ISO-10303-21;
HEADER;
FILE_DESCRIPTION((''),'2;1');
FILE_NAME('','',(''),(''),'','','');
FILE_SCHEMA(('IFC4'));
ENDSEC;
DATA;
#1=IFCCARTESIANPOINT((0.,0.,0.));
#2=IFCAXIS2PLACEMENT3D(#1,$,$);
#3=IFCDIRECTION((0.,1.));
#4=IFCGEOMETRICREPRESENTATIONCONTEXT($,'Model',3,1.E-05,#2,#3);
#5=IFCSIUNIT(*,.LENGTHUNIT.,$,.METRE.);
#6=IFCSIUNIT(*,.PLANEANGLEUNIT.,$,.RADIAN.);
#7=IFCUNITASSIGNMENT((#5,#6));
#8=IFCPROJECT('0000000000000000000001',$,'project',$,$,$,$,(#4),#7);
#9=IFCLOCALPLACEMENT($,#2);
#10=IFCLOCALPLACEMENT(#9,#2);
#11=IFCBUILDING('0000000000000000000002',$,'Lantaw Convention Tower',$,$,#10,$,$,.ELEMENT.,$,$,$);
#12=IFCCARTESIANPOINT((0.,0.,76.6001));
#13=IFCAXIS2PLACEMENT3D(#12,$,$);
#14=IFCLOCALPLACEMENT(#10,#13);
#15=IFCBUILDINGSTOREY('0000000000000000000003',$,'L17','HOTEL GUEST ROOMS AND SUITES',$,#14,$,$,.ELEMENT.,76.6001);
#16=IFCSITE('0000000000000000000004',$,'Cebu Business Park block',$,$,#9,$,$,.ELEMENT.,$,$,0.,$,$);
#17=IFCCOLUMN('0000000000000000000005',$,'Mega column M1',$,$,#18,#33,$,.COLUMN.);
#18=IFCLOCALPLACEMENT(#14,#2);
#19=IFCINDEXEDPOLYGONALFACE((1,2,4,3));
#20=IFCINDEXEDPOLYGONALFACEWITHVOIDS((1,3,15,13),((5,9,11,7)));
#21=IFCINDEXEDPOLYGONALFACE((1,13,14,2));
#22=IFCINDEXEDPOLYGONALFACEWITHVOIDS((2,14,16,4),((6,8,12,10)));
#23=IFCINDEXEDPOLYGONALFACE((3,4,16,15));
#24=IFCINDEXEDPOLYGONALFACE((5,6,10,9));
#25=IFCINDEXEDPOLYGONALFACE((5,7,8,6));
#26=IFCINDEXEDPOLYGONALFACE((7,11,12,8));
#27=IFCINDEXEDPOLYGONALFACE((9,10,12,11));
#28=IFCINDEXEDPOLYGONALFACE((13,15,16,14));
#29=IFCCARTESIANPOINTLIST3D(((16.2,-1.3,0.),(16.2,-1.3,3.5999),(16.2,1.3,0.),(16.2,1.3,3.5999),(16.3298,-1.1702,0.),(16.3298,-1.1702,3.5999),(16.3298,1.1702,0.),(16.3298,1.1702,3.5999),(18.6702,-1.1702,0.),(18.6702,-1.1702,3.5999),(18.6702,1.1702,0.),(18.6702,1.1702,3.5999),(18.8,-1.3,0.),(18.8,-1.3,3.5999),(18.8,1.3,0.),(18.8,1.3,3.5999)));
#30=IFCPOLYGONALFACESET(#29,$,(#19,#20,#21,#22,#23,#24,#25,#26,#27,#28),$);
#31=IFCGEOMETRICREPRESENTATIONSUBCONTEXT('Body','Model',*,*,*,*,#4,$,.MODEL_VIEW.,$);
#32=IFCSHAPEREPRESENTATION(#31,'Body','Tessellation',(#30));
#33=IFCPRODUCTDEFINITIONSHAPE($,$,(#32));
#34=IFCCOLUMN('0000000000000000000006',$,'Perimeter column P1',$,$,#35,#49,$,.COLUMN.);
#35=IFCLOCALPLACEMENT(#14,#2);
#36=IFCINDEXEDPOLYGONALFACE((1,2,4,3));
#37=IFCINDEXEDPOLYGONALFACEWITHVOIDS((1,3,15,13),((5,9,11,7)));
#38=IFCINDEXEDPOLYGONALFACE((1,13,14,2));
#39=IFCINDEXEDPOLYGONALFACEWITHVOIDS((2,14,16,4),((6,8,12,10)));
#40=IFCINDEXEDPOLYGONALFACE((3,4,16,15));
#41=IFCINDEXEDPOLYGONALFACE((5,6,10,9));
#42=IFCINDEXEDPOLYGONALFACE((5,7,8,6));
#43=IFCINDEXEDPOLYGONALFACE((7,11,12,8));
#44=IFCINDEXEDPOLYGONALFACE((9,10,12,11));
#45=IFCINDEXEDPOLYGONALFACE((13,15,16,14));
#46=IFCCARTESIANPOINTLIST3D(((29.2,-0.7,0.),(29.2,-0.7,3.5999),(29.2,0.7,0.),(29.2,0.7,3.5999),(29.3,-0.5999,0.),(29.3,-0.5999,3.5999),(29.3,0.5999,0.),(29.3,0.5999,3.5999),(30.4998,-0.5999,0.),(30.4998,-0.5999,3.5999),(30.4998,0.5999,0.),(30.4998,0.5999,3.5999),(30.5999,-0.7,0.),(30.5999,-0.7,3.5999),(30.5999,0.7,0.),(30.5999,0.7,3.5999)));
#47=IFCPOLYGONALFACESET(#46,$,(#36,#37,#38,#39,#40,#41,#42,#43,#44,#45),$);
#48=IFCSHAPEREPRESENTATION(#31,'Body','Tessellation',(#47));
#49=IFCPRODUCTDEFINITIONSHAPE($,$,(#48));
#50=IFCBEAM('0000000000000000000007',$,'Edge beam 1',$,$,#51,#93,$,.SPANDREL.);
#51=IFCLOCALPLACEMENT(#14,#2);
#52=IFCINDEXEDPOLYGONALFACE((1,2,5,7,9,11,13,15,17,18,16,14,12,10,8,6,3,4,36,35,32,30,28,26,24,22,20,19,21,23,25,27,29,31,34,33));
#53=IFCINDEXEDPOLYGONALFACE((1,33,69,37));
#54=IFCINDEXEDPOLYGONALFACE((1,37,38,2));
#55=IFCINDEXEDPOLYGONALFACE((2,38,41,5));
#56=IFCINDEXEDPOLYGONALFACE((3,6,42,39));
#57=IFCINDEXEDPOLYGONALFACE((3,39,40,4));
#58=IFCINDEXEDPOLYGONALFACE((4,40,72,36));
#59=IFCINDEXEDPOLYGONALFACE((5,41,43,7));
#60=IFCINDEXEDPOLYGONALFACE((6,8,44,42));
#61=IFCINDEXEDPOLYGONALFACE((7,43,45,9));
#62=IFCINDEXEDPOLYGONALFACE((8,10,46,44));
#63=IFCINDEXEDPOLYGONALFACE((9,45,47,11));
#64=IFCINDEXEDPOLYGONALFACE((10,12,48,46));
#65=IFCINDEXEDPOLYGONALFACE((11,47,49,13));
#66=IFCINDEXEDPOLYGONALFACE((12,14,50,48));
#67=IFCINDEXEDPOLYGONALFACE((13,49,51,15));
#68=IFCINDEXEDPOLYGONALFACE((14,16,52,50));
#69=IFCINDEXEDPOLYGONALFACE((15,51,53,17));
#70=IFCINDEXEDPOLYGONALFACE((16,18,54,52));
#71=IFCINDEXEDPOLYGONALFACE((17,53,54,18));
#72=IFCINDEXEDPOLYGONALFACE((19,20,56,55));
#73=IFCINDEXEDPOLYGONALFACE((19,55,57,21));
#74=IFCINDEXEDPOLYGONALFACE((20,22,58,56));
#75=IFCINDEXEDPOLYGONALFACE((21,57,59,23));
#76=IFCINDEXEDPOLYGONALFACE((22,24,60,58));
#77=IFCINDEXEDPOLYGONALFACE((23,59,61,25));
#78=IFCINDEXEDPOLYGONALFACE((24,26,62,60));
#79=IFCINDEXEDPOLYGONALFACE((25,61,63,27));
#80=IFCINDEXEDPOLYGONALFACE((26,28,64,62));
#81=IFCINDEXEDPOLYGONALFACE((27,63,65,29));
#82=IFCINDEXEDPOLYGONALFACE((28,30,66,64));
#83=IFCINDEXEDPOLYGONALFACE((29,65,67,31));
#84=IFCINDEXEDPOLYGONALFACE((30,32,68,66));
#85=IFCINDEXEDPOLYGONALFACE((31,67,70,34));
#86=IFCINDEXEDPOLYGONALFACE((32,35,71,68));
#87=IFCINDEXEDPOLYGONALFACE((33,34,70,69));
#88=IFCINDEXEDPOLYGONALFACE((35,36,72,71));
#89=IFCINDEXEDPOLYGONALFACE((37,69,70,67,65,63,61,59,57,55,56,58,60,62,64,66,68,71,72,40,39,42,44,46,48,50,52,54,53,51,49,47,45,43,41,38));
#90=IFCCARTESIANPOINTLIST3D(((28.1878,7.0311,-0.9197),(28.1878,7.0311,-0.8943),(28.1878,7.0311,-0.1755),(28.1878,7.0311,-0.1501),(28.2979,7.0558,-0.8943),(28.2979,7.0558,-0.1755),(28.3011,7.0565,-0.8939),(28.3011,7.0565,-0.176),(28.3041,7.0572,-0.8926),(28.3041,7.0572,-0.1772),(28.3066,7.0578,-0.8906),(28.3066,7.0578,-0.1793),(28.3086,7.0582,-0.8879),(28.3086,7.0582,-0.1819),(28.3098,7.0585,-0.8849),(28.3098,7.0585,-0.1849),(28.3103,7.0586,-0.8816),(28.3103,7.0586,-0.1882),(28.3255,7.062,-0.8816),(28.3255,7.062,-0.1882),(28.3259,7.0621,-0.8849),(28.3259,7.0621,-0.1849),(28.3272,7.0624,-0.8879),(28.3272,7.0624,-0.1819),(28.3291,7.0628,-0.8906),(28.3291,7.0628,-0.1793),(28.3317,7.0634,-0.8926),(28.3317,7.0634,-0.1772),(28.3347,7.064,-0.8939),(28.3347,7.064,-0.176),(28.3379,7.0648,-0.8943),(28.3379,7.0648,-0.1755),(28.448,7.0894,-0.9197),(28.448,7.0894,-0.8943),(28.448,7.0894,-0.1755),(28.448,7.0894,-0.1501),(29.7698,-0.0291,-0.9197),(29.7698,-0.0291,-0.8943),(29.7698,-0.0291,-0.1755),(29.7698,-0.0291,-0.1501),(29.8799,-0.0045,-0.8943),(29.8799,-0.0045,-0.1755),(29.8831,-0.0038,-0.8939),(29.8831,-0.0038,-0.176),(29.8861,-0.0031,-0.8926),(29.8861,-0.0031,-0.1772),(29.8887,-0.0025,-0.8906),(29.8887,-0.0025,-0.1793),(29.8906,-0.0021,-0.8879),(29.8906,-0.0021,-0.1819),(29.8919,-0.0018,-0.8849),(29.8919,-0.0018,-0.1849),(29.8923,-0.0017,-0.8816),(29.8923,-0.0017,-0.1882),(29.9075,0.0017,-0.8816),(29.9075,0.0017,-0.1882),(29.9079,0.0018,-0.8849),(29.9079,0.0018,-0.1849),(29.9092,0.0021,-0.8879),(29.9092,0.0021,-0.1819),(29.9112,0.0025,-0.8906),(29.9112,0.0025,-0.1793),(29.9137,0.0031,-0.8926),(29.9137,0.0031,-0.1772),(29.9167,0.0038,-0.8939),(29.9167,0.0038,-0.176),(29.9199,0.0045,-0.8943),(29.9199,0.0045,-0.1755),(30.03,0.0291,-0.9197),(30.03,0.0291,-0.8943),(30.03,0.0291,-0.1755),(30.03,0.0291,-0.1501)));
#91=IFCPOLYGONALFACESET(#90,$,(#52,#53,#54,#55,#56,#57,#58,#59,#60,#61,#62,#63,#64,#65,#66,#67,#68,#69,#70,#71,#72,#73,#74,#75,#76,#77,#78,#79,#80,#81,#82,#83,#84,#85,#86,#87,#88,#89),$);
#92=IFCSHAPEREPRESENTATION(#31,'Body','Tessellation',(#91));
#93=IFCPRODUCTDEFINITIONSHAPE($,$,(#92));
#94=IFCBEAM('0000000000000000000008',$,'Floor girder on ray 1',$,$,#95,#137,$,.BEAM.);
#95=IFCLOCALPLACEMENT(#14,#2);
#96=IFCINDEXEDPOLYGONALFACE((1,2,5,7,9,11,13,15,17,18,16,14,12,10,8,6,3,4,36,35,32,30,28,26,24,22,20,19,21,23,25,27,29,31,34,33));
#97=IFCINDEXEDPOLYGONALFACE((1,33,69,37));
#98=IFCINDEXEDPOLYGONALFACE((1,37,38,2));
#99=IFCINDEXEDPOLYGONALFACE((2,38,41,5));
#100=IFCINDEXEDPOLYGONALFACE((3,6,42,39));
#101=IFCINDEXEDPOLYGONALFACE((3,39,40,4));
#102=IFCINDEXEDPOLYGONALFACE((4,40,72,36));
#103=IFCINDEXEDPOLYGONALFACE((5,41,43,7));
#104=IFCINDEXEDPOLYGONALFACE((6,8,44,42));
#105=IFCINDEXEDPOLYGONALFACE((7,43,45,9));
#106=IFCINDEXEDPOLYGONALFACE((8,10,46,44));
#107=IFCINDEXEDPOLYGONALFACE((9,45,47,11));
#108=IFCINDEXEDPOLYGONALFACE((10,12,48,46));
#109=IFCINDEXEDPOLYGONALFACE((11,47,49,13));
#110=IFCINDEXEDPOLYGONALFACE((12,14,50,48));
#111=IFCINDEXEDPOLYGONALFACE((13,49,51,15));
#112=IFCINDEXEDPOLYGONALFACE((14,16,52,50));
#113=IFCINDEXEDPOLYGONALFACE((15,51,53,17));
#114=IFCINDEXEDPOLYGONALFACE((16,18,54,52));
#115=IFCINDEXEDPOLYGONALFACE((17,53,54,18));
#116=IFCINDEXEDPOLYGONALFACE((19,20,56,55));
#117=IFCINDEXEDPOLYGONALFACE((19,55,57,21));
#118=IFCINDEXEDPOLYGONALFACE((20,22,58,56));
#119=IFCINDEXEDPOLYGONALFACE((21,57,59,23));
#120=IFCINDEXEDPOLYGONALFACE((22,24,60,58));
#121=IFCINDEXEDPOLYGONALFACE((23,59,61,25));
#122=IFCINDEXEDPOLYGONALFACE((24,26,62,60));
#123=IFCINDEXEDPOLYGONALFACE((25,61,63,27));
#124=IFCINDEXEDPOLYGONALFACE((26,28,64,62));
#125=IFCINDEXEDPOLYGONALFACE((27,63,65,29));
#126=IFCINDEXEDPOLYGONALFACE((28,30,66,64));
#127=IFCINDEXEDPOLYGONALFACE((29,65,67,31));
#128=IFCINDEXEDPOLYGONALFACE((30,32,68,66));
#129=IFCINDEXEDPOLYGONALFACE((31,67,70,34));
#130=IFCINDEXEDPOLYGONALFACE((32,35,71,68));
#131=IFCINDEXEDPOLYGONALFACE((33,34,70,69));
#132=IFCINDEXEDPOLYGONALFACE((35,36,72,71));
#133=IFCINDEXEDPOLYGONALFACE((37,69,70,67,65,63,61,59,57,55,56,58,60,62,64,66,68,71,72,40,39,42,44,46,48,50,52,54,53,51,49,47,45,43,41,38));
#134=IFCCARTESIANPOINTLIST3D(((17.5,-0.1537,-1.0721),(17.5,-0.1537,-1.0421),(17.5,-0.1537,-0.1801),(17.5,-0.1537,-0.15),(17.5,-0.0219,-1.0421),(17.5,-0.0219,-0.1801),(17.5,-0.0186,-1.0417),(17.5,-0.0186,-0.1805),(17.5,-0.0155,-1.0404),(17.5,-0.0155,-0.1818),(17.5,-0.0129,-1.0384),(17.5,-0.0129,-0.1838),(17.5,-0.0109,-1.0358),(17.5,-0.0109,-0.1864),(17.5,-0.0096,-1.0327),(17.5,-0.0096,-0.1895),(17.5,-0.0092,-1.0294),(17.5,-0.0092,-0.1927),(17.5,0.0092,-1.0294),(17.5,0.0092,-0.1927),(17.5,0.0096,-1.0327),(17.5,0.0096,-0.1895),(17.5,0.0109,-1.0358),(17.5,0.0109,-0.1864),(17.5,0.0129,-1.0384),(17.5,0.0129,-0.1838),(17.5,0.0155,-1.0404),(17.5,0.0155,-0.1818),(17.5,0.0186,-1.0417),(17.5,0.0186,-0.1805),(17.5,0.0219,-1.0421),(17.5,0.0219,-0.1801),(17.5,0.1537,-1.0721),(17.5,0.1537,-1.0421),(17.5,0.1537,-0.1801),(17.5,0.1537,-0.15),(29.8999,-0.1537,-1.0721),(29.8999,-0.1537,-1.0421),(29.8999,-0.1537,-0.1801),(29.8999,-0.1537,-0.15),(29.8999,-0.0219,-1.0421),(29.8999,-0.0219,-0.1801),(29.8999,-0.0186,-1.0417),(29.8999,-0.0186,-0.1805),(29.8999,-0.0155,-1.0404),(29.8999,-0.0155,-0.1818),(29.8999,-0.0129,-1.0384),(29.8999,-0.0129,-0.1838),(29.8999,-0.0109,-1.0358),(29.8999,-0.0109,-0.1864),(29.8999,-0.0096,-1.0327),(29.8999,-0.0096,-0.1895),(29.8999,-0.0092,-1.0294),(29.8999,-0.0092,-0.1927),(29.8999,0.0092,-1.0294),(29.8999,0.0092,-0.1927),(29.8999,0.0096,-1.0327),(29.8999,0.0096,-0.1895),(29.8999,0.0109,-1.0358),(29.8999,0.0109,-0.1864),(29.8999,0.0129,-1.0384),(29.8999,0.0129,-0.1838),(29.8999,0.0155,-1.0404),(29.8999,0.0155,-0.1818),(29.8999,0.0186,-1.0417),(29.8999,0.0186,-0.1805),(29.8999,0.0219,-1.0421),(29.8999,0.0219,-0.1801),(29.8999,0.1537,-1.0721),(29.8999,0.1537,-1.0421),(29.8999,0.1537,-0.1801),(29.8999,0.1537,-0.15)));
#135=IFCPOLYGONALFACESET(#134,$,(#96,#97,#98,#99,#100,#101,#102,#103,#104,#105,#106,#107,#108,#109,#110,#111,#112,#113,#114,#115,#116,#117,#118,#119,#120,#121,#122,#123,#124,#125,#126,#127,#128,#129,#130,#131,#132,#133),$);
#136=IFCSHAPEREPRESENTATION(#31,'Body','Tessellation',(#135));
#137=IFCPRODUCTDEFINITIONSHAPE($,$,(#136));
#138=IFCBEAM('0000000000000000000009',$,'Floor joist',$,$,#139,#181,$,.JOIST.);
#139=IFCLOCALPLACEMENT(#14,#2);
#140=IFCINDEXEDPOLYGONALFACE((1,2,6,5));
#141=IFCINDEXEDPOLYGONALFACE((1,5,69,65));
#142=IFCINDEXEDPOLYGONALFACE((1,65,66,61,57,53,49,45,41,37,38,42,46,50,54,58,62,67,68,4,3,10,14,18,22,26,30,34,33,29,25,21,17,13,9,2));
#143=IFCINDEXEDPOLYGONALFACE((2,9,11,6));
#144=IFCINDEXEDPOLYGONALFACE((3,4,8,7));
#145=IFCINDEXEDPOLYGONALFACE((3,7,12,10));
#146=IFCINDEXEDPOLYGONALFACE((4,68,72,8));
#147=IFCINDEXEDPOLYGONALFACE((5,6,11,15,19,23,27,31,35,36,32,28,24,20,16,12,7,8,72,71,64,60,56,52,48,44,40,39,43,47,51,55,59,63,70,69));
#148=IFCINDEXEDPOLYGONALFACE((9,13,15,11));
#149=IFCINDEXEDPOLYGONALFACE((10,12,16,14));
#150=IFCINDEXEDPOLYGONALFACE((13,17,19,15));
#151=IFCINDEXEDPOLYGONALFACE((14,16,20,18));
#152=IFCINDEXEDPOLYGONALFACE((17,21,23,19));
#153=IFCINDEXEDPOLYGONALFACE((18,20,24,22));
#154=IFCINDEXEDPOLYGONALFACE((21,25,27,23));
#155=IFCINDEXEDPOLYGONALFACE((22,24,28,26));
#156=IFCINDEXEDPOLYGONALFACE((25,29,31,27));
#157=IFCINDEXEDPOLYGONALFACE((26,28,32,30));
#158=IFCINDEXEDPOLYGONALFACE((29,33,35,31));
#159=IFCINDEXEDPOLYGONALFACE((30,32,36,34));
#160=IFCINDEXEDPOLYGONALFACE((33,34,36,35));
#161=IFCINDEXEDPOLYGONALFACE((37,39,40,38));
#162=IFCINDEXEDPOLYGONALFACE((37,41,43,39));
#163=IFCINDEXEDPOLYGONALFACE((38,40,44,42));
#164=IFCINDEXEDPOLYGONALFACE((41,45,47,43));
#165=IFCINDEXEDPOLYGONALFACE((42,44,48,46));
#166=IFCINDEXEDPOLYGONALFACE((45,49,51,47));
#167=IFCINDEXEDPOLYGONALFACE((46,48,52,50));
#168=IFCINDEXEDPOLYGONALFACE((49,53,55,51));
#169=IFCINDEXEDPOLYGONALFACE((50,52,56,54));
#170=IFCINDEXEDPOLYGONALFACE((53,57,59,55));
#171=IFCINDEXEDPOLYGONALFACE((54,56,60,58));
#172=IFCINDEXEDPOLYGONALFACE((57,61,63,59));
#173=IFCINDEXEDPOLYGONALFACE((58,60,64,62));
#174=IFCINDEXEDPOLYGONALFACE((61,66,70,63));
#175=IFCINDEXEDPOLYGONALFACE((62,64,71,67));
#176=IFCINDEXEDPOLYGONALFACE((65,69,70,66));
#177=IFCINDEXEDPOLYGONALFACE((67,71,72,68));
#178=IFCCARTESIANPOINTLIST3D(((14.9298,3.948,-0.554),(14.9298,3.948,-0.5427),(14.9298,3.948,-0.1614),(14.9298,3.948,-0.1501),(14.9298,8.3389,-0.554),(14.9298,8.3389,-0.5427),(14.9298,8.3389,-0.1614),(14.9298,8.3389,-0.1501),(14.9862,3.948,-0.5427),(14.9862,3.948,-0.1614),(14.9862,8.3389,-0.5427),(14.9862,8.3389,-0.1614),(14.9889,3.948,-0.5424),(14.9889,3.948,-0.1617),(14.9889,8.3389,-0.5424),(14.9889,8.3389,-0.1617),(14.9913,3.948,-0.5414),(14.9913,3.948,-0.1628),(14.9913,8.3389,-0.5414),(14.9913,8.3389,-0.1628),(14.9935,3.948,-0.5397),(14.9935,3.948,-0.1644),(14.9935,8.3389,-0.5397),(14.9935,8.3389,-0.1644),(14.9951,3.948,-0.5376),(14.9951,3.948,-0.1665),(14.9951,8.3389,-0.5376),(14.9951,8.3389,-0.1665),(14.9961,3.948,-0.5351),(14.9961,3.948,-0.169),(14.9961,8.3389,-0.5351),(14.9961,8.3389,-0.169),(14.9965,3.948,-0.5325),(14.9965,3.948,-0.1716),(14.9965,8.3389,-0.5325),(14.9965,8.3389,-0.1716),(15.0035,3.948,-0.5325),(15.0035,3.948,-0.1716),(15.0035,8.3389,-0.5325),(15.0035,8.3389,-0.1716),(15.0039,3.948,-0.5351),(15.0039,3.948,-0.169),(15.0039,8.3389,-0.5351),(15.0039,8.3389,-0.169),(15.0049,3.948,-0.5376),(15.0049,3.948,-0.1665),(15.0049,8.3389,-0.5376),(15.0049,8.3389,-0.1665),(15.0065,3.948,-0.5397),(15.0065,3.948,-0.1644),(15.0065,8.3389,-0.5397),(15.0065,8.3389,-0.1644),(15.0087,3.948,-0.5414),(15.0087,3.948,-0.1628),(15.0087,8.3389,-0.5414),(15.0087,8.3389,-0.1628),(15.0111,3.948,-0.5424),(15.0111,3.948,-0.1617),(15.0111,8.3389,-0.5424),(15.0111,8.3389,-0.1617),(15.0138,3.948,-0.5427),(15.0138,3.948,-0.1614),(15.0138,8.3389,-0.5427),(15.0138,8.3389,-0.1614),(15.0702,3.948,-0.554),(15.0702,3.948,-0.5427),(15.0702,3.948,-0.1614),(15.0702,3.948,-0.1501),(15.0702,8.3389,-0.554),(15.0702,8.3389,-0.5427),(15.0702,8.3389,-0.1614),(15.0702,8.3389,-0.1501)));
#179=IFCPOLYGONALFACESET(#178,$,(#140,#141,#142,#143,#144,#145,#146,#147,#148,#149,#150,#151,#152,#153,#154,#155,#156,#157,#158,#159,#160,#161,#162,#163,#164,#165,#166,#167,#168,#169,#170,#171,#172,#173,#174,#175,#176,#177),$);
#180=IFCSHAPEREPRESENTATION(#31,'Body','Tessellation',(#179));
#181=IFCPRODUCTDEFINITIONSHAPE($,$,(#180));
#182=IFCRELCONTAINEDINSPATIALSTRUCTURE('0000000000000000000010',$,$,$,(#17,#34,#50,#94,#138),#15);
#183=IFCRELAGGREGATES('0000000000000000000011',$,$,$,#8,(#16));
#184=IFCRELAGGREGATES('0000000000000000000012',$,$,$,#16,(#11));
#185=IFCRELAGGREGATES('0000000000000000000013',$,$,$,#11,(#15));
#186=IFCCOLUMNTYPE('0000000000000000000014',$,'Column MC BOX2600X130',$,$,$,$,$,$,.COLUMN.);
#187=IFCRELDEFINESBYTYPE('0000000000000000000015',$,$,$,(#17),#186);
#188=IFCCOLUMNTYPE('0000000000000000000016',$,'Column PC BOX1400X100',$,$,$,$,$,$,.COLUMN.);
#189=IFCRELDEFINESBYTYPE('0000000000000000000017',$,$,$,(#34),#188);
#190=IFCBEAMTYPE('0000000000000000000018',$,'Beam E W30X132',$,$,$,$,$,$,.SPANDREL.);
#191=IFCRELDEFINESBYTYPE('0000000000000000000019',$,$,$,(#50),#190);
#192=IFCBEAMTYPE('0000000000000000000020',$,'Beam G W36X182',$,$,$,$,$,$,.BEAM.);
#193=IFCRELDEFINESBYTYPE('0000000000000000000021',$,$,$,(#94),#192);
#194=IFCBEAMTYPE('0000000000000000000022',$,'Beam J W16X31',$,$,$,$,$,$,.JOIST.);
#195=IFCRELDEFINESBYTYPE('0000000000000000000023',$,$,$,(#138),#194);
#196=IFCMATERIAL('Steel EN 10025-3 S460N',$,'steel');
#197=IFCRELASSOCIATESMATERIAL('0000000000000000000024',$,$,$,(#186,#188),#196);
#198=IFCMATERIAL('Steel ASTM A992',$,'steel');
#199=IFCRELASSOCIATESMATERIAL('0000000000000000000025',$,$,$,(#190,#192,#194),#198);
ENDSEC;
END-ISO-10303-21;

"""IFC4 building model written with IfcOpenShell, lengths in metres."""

from ifc_helpers import new_model, si_unit, direction, frame, origin, origin_2d, place, context, subcontext, project, spatial, rectangle, hollow_rectangle, i_section, extrude, material, material_profile, profile_set, type_object, element, save


model = new_model("IFC4")

# Units and contexts
model_context = context("Model", 3, precision=1e-05, world=origin(), true_north=direction((0.0, 1.0)))
body_context = subcontext(model_context, "Body", "Model", "MODEL_VIEW")
ifc_project = project(units=[si_unit("LENGTHUNIT", "METRE"), si_unit("PLANEANGLEUNIT", "RADIAN")], contexts=[model_context])

# Site, building, storey
site_placement = place(None, origin())
site = spatial("IfcSite", under=ifc_project, at=site_placement, Name="Cebu Business Park block", CompositionType="ELEMENT", RefElevation=0.0)
building_placement = place(site_placement, origin())
building = spatial("IfcBuilding", under=site, at=building_placement, Name="Lantaw Convention Tower", CompositionType="ELEMENT")
storey_placement = place(building_placement, frame((0.0, 0.0, 76.6001)))
storey = spatial("IfcBuildingStorey", under=building, at=storey_placement, Name="L17", Description="HOTEL GUEST ROOMS AND SUITES", CompositionType="ELEMENT", Elevation=76.6001)

# Columns
ifc_material_1 = material(Name="Steel EN 10025-3 S460N", Category="steel")
ifc_material_profile_1 = material_profile(ifc_material_1, hollow_rectangle(XDim=2.6001, YDim=2.6001, WallThickness=0.1299, at=origin_2d()), Name="BOX2600X130")
ifc_material_2 = material(Name="Concrete C60/75", Category="concrete")
ifc_material_profile_2 = material_profile(ifc_material_2, rectangle(XDim=2.3401, YDim=2.3401, at=origin_2d()), Name="Concrete fill of BOX2600X130")
ifc_profile_set_1 = profile_set([ifc_material_profile_1, ifc_material_profile_2], Name="Steel EN 10025-3 S460N")
column_type_1 = type_object("IfcColumnType", Name="Column MC BOX2600X130", PredefinedType="COLUMN", material=ifc_profile_set_1)
column_1_placement = place(storey_placement, frame((17.5, 0.0, 0.0), z_axis=(0.0, 0.0, 1.0), x_axis=(1.0, 0.0, 0.0)))
element("IfcColumn", 1, at=column_1_placement, inside=storey, type_object=column_type_1, Name="Mega column M1", PredefinedType="COLUMN", context=body_context, shape_type="SweptSolid", body=[
    extrude(hollow_rectangle(XDim=2.6001, YDim=2.6001, WallThickness=0.1299, at=origin_2d()), origin(), (0.0, 0.0, 1.0), 3.5999),
])
ifc_material_profile_3 = material_profile(ifc_material_1, hollow_rectangle(XDim=1.3999, YDim=1.3999, WallThickness=0.1001, at=origin_2d()), Name="BOX1400X100")
ifc_material_profile_4 = material_profile(ifc_material_2, rectangle(XDim=1.2, YDim=1.2, at=origin_2d()), Name="Concrete fill of BOX1400X100")
ifc_profile_set_2 = profile_set([ifc_material_profile_3, ifc_material_profile_4], Name="Steel EN 10025-3 S460N")
column_type_2 = type_object("IfcColumnType", Name="Column PC BOX1400X100", PredefinedType="COLUMN", material=ifc_profile_set_2)
column_2_placement = place(storey_placement, frame((29.8999, 0.0, 0.0), z_axis=(0.0, 0.0, 1.0), x_axis=(1.0, 0.0, 0.0)))
element("IfcColumn", 2, at=column_2_placement, inside=storey, type_object=column_type_2, Name="Perimeter column P1", PredefinedType="COLUMN", context=body_context, shape_type="SweptSolid", body=[
    extrude(hollow_rectangle(XDim=1.3999, YDim=1.3999, WallThickness=0.1001, at=origin_2d()), origin(), (0.0, 0.0, 1.0), 3.5999),
])

# Beams
ifc_material_3 = material(Name="Steel ASTM A992", Category="steel")
ifc_material_profile_5 = material_profile(ifc_material_3, i_section(OverallWidth=0.2666, OverallDepth=0.7695, WebThickness=0.0156, FlangeThickness=0.0254, FilletRadius=0.0127, at=origin_2d()), Name="W30X132")
ifc_profile_set_3 = profile_set([ifc_material_profile_5], Name="Steel ASTM A992")
beam_type_1 = type_object("IfcBeamType", Name="Beam E W30X132", PredefinedType="SPANDREL", material=ifc_profile_set_3)
beam_1_placement = place(storey_placement, frame((29.8999, 0.0, -0.5349), z_axis=(-0.218652, 0.975803, 0.0), x_axis=(-0.975803, -0.218652, 0.0)))
element("IfcBeam", 3, at=beam_1_placement, inside=storey, type_object=beam_type_1, Name="Edge beam 1", PredefinedType="SPANDREL", context=body_context, shape_type="SweptSolid", body=[
    extrude(i_section(OverallWidth=0.2666, OverallDepth=0.7695, WebThickness=0.0156, FlangeThickness=0.0254, FilletRadius=0.0127, at=origin_2d()), origin(), (0.0, 0.0, 1.0), 7.2354),
])
ifc_material_profile_6 = material_profile(ifc_material_3, i_section(OverallWidth=0.3074, OverallDepth=0.9221, WebThickness=0.0183, FlangeThickness=0.03, FilletRadius=0.0127, at=origin_2d()), Name="W36X182")
ifc_profile_set_4 = profile_set([ifc_material_profile_6], Name="Steel ASTM A992")
beam_type_2 = type_object("IfcBeamType", Name="Beam G W36X182", PredefinedType="BEAM", material=ifc_profile_set_4)
beam_2_placement = place(storey_placement, frame((17.5, 0.0, -0.6111), z_axis=(1.0, 0.0, 0.0), x_axis=(0.0, 1.0, 0.0)))
element("IfcBeam", 4, at=beam_2_placement, inside=storey, type_object=beam_type_2, Name="Floor girder on ray 1", PredefinedType="BEAM", context=body_context, shape_type="SweptSolid", body=[
    extrude(i_section(OverallWidth=0.3074, OverallDepth=0.9221, WebThickness=0.0183, FlangeThickness=0.03, FilletRadius=0.0127, at=origin_2d()), origin(), (0.0, 0.0, 1.0), 12.3999),
])
ifc_material_profile_7 = material_profile(ifc_material_3, i_section(OverallWidth=0.1404, OverallDepth=0.4038, WebThickness=0.0071, FlangeThickness=0.0112, FilletRadius=0.0103, at=origin_2d()), Name="W16X31")
ifc_profile_set_5 = profile_set([ifc_material_profile_7], Name="Steel ASTM A992")
beam_type_3 = type_object("IfcBeamType", Name="Beam J W16X31", PredefinedType="JOIST", material=ifc_profile_set_5)
beam_3_placement = place(storey_placement, frame((15.0, 3.948, -0.3521), z_axis=(0.0, 1.0, 0.0), x_axis=(-1.0, 0.0, 0.0)))
element("IfcBeam", 5, at=beam_3_placement, inside=storey, type_object=beam_type_3, Name="Floor joist", PredefinedType="JOIST", context=body_context, shape_type="SweptSolid", body=[
    extrude(i_section(OverallWidth=0.1404, OverallDepth=0.4038, WebThickness=0.0071, FlangeThickness=0.0112, FilletRadius=0.0103, at=origin_2d()), origin(), (0.0, 0.0, 1.0), 4.3909),
])

save(model, "model.ifc")
